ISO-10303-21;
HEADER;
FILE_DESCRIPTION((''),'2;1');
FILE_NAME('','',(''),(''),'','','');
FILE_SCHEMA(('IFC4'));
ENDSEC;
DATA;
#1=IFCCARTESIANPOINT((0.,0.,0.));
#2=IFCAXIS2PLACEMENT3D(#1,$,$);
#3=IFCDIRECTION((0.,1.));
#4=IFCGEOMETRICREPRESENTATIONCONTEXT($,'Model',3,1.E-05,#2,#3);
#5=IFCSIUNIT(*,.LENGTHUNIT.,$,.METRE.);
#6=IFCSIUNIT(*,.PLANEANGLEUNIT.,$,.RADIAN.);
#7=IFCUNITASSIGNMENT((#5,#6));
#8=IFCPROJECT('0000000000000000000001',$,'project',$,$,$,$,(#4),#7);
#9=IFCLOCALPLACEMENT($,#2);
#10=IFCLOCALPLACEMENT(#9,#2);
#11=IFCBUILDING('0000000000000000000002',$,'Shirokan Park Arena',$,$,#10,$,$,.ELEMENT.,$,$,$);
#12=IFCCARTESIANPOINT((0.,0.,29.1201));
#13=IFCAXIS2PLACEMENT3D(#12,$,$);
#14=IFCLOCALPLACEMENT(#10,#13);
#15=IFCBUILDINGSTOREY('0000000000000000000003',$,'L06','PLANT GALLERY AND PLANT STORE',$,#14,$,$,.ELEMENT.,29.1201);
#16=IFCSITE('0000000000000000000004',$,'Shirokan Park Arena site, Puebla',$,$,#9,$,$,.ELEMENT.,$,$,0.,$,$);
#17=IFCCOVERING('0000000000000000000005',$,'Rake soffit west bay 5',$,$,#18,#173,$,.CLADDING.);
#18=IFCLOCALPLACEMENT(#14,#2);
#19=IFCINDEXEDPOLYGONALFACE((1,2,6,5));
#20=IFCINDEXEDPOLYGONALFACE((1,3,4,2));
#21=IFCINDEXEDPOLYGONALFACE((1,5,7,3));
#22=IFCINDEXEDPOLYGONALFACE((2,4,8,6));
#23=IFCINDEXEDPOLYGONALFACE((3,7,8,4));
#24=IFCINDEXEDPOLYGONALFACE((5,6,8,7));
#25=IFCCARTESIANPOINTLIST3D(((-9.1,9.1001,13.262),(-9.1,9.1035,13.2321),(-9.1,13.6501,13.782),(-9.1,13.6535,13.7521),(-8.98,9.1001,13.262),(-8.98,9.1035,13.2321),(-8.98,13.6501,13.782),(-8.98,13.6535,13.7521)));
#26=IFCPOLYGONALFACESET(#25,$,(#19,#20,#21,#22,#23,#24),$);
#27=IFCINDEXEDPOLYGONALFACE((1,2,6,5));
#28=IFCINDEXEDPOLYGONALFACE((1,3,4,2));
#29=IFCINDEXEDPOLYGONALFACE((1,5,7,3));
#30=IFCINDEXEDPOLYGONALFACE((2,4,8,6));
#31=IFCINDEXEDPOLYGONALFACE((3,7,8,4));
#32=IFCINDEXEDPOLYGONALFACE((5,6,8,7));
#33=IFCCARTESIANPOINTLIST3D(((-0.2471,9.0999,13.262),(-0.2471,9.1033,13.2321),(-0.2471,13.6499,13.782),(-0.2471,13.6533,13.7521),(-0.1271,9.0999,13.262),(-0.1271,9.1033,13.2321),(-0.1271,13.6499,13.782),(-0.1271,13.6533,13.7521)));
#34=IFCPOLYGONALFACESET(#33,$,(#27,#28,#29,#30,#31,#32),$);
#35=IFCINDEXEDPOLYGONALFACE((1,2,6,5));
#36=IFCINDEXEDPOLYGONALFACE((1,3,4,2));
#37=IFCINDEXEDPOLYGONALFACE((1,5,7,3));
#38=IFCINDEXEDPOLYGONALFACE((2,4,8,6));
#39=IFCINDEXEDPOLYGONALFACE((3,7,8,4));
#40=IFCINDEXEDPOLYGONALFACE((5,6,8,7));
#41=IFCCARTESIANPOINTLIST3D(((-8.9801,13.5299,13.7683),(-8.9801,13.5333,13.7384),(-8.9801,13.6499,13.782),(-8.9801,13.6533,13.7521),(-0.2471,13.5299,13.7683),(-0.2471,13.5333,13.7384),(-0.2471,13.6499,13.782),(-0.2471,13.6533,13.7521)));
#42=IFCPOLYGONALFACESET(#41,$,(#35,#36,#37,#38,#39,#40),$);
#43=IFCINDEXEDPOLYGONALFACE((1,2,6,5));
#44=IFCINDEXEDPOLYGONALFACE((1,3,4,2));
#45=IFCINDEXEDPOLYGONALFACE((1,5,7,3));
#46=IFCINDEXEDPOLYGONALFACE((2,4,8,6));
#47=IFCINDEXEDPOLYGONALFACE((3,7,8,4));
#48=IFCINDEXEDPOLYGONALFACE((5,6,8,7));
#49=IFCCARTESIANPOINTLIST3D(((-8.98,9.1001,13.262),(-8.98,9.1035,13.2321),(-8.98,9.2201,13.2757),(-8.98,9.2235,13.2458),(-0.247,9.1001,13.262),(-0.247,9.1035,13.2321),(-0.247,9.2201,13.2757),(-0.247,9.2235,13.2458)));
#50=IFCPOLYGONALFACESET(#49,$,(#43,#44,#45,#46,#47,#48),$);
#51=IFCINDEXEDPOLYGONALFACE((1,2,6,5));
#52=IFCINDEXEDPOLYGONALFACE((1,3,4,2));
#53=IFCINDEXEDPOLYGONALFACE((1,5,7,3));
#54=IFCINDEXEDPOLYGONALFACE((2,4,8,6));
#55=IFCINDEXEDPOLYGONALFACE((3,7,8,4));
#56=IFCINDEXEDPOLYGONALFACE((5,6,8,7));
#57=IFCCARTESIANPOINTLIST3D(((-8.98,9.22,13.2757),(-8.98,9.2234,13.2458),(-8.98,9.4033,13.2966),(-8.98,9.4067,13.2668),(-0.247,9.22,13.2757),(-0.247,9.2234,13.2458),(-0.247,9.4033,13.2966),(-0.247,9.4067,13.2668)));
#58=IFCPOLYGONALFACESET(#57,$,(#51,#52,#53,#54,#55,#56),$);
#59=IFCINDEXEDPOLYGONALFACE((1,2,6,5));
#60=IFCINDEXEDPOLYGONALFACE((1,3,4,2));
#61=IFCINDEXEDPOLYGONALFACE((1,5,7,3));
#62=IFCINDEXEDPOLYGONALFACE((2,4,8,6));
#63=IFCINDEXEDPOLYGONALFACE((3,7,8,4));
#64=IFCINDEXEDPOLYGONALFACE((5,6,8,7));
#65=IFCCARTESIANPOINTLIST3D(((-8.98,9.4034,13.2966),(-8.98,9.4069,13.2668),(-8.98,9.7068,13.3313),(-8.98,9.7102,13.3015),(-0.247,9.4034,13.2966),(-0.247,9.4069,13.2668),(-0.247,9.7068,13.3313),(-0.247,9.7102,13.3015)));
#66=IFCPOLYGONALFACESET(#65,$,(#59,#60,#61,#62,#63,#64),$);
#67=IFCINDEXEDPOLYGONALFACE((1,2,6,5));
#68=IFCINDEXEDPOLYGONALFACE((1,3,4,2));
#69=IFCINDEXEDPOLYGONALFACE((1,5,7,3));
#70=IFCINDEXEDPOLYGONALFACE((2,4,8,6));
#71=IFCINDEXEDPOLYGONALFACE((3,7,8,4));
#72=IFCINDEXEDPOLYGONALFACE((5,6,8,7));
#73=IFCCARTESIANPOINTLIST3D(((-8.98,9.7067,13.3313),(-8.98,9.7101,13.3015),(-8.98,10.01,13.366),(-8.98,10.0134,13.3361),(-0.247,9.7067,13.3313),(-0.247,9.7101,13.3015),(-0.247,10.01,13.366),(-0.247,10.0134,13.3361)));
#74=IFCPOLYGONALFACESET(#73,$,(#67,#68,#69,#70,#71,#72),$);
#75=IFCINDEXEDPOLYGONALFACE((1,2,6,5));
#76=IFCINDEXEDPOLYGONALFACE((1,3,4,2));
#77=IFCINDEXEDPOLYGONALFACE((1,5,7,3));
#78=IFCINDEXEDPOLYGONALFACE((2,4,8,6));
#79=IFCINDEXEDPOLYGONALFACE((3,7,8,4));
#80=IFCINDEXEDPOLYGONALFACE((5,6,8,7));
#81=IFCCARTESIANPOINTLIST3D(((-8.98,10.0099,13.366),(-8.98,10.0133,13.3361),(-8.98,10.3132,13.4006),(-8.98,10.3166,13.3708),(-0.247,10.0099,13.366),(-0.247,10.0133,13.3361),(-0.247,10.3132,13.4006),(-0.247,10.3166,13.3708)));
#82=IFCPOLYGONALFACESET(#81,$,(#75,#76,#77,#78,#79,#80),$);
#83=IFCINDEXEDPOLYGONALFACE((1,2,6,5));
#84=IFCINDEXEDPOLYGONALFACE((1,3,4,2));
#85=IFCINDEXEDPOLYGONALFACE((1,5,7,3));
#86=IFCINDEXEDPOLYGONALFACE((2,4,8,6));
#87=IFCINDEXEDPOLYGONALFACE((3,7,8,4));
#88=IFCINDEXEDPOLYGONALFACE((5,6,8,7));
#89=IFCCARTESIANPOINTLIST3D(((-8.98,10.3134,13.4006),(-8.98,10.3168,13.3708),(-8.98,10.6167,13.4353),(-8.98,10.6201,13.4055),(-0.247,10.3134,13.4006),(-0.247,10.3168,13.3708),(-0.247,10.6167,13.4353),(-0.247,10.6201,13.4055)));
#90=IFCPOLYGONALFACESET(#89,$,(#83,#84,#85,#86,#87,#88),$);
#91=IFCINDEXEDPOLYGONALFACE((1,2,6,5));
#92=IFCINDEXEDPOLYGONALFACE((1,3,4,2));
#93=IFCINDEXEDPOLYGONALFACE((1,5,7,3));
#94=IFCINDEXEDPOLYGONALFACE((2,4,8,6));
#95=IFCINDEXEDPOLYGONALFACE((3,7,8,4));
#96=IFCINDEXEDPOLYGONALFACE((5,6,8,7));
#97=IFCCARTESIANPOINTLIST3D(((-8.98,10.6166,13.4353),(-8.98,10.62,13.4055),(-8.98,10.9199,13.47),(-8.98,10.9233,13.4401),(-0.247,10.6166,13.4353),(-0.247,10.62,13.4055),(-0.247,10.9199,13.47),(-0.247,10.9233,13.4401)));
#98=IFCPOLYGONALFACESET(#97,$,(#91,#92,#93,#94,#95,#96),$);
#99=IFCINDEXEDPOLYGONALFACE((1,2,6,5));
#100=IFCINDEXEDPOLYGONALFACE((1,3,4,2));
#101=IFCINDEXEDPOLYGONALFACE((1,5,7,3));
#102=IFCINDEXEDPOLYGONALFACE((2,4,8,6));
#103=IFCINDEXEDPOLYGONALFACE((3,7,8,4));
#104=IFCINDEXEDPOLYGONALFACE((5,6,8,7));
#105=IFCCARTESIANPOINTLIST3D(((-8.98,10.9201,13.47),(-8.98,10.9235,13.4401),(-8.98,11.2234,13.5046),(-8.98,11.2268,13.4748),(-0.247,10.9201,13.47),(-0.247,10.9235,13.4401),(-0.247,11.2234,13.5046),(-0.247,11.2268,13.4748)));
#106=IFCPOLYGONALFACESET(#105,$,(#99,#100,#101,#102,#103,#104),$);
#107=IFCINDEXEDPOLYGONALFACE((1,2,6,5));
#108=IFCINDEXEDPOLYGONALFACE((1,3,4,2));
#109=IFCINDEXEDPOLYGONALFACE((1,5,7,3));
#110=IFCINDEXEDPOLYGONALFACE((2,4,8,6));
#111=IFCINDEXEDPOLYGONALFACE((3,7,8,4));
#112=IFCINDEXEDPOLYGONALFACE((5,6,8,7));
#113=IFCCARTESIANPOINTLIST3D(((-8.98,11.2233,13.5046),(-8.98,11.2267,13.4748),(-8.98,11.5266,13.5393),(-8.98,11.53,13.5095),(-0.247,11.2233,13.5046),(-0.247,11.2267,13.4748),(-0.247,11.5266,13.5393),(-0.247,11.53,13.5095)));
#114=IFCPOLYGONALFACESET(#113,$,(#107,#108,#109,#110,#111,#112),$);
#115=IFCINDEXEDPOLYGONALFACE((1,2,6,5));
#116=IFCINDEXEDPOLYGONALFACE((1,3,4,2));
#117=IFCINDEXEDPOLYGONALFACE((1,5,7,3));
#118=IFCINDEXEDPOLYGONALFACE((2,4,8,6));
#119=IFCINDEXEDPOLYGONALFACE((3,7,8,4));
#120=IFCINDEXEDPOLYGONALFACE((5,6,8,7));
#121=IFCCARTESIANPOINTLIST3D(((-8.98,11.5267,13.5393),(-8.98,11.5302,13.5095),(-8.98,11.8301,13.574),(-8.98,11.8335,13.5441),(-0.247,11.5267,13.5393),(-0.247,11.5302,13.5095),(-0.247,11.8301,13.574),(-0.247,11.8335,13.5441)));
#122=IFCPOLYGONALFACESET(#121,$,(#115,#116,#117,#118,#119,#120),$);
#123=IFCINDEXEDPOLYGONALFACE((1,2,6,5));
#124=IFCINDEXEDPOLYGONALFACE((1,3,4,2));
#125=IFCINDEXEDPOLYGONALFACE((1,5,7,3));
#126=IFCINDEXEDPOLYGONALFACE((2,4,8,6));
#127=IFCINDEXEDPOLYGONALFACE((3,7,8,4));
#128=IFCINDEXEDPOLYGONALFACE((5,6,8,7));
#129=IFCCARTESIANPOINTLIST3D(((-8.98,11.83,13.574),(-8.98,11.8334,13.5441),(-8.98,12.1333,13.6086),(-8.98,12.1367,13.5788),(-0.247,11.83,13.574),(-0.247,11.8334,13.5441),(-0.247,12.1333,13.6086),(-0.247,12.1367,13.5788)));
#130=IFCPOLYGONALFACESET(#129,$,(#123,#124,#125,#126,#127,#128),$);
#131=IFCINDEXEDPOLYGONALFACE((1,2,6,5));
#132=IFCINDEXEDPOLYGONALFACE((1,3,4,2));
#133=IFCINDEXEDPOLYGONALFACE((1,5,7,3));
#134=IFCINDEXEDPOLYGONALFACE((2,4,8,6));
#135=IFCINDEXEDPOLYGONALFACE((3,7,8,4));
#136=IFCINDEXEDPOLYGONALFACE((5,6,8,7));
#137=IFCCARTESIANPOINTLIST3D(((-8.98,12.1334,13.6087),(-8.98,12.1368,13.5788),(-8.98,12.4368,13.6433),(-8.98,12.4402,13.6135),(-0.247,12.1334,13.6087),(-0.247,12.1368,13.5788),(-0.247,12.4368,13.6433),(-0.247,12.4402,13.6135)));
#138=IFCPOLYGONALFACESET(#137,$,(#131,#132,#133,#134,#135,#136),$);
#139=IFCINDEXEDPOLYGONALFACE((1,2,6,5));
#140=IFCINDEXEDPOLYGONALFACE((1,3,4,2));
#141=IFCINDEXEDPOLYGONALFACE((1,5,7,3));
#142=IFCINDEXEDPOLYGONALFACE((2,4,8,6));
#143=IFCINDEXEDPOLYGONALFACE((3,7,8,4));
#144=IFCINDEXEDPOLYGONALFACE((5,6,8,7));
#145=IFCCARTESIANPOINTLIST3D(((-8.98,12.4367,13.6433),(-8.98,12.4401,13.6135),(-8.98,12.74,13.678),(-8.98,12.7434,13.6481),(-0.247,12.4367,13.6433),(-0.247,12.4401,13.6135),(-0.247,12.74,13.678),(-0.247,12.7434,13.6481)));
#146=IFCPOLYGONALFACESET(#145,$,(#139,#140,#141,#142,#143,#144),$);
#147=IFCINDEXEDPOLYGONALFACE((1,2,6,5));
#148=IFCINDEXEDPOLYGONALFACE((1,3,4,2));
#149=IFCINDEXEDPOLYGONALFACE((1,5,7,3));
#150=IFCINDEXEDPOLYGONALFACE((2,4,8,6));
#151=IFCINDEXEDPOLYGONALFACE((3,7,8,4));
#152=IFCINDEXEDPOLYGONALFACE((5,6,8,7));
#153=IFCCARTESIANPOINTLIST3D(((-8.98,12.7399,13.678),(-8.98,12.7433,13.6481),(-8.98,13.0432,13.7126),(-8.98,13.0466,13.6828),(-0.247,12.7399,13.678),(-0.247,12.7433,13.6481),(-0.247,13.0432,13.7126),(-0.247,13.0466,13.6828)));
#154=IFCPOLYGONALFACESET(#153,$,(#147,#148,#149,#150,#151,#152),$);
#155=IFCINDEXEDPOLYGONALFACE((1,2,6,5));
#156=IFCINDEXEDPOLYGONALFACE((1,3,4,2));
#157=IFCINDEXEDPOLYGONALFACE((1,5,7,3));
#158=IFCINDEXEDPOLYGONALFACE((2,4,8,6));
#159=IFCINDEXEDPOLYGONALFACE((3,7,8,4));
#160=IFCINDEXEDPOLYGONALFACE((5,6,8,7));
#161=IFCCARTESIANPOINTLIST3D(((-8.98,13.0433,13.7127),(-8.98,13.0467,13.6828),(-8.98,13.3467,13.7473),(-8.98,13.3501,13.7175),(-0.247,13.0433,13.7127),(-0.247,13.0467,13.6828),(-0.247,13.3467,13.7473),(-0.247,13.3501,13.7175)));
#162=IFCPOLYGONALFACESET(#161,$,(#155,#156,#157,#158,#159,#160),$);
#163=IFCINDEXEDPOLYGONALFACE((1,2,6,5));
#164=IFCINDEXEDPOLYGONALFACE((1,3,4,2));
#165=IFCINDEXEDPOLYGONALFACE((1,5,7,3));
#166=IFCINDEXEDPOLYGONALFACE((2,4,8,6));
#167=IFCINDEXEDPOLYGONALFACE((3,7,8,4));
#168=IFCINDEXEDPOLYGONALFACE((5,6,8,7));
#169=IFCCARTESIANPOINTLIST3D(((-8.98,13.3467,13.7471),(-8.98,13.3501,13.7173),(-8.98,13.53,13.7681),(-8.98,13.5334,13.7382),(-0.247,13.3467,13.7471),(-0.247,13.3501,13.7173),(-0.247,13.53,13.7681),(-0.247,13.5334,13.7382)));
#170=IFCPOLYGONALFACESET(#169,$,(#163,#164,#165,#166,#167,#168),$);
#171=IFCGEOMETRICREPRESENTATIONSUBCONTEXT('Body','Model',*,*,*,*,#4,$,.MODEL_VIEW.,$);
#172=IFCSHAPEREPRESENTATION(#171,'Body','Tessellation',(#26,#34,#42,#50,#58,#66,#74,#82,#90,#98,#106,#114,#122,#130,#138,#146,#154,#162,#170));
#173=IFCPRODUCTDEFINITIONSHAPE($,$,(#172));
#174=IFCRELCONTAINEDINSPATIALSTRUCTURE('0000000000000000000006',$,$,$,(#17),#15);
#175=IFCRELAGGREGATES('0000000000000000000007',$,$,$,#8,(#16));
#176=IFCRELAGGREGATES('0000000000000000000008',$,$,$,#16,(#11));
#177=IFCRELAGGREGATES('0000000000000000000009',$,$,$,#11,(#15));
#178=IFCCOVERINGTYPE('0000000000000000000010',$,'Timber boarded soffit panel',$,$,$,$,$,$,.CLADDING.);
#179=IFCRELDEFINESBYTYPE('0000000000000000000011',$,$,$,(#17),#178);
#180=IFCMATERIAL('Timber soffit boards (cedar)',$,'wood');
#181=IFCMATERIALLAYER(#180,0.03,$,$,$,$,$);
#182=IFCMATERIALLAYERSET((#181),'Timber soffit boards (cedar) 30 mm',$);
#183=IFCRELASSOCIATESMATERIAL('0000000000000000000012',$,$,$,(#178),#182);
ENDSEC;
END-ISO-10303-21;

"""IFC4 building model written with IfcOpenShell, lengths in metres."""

from ifc_helpers import new_model, si_unit, direction, frame, origin, place, context, subcontext, project, spatial, polyline, outline, extrude, material, layer, layer_set, type_object, element, save


model = new_model("IFC4")

# Units and contexts
model_context = context("Model", 3, precision=1e-05, world=origin(), true_north=direction((0.0, 1.0)))
body_context = subcontext(model_context, "Body", "Model", "MODEL_VIEW")
ifc_project = project(units=[si_unit("LENGTHUNIT", "METRE"), si_unit("PLANEANGLEUNIT", "RADIAN")], contexts=[model_context])

# Site, building, storey
site_placement = place(None, origin())
site = spatial("IfcSite", under=ifc_project, at=site_placement, Name="Shirokan Park Arena site, Puebla", CompositionType="ELEMENT", RefElevation=0.0)
building_placement = place(site_placement, origin())
building = spatial("IfcBuilding", under=site, at=building_placement, Name="Shirokan Park Arena", CompositionType="ELEMENT")
storey_placement = place(building_placement, frame((0.0, 0.0, 29.1201)))
storey = spatial("IfcBuildingStorey", under=building, at=storey_placement, Name="L06", Description="PLANT GALLERY AND PLANT STORE", CompositionType="ELEMENT", Elevation=29.1201)

# Covering
ifc_material = material(Name="Timber soffit boards (cedar)", Category="wood")
ifc_layer = layer(ifc_material, 0.03)
ifc_layer_set = layer_set([ifc_layer], Name="Timber soffit boards (cedar) 30 mm")
covering_type = type_object("IfcCoveringType", Name="Timber boarded soffit panel", PredefinedType="CLADDING", material=ifc_layer_set)
covering_1_placement = place(storey_placement, origin())
element("IfcCovering", 1, at=covering_1_placement, inside=storey, type_object=covering_type, Name="Rake soffit west bay 5", PredefinedType="CLADDING", context=body_context, shape_type="SweptSolid", body=[
    extrude(outline(polyline([(0.0, 0.0), (0.12, 0.0), (0.12, -4.5796), (0.0, -4.5796), (0.0, 0.0)])), frame((-8.98, 9.1001, 13.262), z_axis=(0.0, -0.113547, 0.993533), x_axis=(-1.0, 0.0, 0.0)), (0.0, 0.0, -1.0), 0.03),
    extrude(outline(polyline([(0.0, 0.0), (0.12, 0.0), (0.12, -4.5796), (0.0, -4.5796), (0.0, 0.0)])), frame((-0.2471, 13.6499, 13.782), z_axis=(0.0, -0.113547, 0.993533), x_axis=(1.0, 0.0, 0.0)), (0.0, 0.0, -1.0), 0.03),
    extrude(outline(polyline([(0.0, 0.0), (0.1208, 0.0), (0.1208, -8.733), (0.0, -8.733), (0.0, 0.0)])), frame((-0.2471, 13.6499, 13.782), z_axis=(0.0, -0.113512, 0.993537), x_axis=(0.0, -0.993537, -0.113512)), (0.0, 0.0, -1.0), 0.03),
    extrude(outline(polyline([(0.0, 0.0), (0.1208, 0.0), (0.1208, -8.733), (0.0, -8.733), (0.0, 0.0)])), frame((-8.98, 9.1001, 13.262), z_axis=(0.0, -0.113512, 0.993537), x_axis=(0.0, 0.993537, 0.113512)), (0.0, 0.0, -1.0), 0.03),
    extrude(outline(polyline([(0.0, 0.0), (8.733, 0.0), (8.733, -0.1845), (0.0, -0.1845), (0.0, 0.0)])), frame((-8.98, 9.4033, 13.2966), z_axis=(0.0, -0.113589, 0.993528), x_axis=(1.0, 0.0, 0.0)), (0.0, 0.0, -1.0), 0.03),
    extrude(outline(polyline([(0.0, 0.0), (8.733, 0.0), (8.733, -0.3053), (0.0, -0.3053), (0.0, 0.0)])), frame((-8.98, 9.7068, 13.3313), z_axis=(0.0, -0.113523, 0.993535), x_axis=(1.0, 0.0, 0.0)), (0.0, 0.0, -1.0), 0.03),
    extrude(outline(polyline([(0.0, 0.0), (8.733, 0.0), (8.733, -0.3053), (0.0, -0.3053), (0.0, 0.0)])), frame((-8.98, 10.01, 13.366), z_axis=(0.0, -0.113559, 0.993531), x_axis=(1.0, 0.0, 0.0)), (0.0, 0.0, -1.0), 0.03),
    extrude(outline(polyline([(0.0, 0.0), (8.733, 0.0), (8.733, -0.3053), (0.0, -0.3053), (0.0, 0.0)])), frame((-8.98, 10.3132, 13.4006), z_axis=(0.0, -0.113559, 0.993531), x_axis=(1.0, 0.0, 0.0)), (0.0, 0.0, -1.0), 0.03),
    extrude(outline(polyline([(0.0, 0.0), (8.733, 0.0), (8.733, -0.3053), (0.0, -0.3053), (0.0, 0.0)])), frame((-8.98, 10.6167, 13.4353), z_axis=(0.0, -0.113523, 0.993535), x_axis=(1.0, 0.0, 0.0)), (0.0, 0.0, -1.0), 0.03),
    extrude(outline(polyline([(0.0, 0.0), (8.733, 0.0), (8.733, -0.3053), (0.0, -0.3053), (0.0, 0.0)])), frame((-8.98, 10.9199, 13.47), z_axis=(0.0, -0.113559, 0.993531), x_axis=(1.0, 0.0, 0.0)), (0.0, 0.0, -1.0), 0.03),
    extrude(outline(polyline([(0.0, 0.0), (8.733, 0.0), (8.733, -0.3053), (0.0, -0.3053), (0.0, 0.0)])), frame((-8.98, 11.2234, 13.5046), z_axis=(0.0, -0.113559, 0.993531), x_axis=(1.0, 0.0, 0.0)), (0.0, 0.0, -1.0), 0.03),
    extrude(outline(polyline([(0.0, 0.0), (8.733, 0.0), (8.733, -0.3053), (0.0, -0.3053), (0.0, 0.0)])), frame((-8.98, 11.5266, 13.5393), z_axis=(0.0, -0.113523, 0.993535), x_axis=(1.0, 0.0, 0.0)), (0.0, 0.0, -1.0), 0.03),
    extrude(outline(polyline([(0.0, 0.0), (8.733, 0.0), (8.733, -0.3053), (0.0, -0.3053), (0.0, 0.0)])), frame((-8.98, 11.8301, 13.574), z_axis=(0.0, -0.113559, 0.993531), x_axis=(1.0, 0.0, 0.0)), (0.0, 0.0, -1.0), 0.03),
    extrude(outline(polyline([(0.0, 0.0), (8.733, 0.0), (8.733, -0.3053), (0.0, -0.3053), (0.0, 0.0)])), frame((-8.98, 12.1333, 13.6086), z_axis=(0.0, -0.113559, 0.993531), x_axis=(1.0, 0.0, 0.0)), (0.0, 0.0, -1.0), 0.03),
    extrude(outline(polyline([(0.0, 0.0), (8.733, 0.0), (8.733, -0.3053), (0.0, -0.3053), (0.0, 0.0)])), frame((-8.98, 12.4368, 13.6433), z_axis=(0.0, -0.113523, 0.993535), x_axis=(1.0, 0.0, 0.0)), (0.0, 0.0, -1.0), 0.03),
    extrude(outline(polyline([(0.0, 0.0), (8.733, 0.0), (8.733, -0.3053), (0.0, -0.3053), (0.0, 0.0)])), frame((-8.98, 12.74, 13.678), z_axis=(0.0, -0.113559, 0.993531), x_axis=(1.0, 0.0, 0.0)), (0.0, 0.0, -1.0), 0.03),
    extrude(outline(polyline([(0.0, 0.0), (8.733, 0.0), (8.733, -0.3053), (0.0, -0.3053), (0.0, 0.0)])), frame((-8.98, 13.0432, 13.7126), z_axis=(0.0, -0.113559, 0.993531), x_axis=(1.0, 0.0, 0.0)), (0.0, 0.0, -1.0), 0.03),
    extrude(outline(polyline([(0.0, 0.0), (8.733, 0.0), (8.733, -0.3053), (0.0, -0.3053), (0.0, 0.0)])), frame((-8.98, 13.3467, 13.7473), z_axis=(0.0, -0.113523, 0.993535), x_axis=(1.0, 0.0, 0.0)), (0.0, 0.0, -1.0), 0.03),
    extrude(outline(polyline([(0.0, 0.0), (8.733, 0.0), (8.733, -0.1845), (0.0, -0.1845), (0.0, 0.0)])), frame((-8.98, 13.53, 13.7681), z_axis=(0.0, -0.113589, 0.993528), x_axis=(1.0, 0.0, 0.0)), (0.0, 0.0, -1.0), 0.03),
])

save(model, "model.ifc")
